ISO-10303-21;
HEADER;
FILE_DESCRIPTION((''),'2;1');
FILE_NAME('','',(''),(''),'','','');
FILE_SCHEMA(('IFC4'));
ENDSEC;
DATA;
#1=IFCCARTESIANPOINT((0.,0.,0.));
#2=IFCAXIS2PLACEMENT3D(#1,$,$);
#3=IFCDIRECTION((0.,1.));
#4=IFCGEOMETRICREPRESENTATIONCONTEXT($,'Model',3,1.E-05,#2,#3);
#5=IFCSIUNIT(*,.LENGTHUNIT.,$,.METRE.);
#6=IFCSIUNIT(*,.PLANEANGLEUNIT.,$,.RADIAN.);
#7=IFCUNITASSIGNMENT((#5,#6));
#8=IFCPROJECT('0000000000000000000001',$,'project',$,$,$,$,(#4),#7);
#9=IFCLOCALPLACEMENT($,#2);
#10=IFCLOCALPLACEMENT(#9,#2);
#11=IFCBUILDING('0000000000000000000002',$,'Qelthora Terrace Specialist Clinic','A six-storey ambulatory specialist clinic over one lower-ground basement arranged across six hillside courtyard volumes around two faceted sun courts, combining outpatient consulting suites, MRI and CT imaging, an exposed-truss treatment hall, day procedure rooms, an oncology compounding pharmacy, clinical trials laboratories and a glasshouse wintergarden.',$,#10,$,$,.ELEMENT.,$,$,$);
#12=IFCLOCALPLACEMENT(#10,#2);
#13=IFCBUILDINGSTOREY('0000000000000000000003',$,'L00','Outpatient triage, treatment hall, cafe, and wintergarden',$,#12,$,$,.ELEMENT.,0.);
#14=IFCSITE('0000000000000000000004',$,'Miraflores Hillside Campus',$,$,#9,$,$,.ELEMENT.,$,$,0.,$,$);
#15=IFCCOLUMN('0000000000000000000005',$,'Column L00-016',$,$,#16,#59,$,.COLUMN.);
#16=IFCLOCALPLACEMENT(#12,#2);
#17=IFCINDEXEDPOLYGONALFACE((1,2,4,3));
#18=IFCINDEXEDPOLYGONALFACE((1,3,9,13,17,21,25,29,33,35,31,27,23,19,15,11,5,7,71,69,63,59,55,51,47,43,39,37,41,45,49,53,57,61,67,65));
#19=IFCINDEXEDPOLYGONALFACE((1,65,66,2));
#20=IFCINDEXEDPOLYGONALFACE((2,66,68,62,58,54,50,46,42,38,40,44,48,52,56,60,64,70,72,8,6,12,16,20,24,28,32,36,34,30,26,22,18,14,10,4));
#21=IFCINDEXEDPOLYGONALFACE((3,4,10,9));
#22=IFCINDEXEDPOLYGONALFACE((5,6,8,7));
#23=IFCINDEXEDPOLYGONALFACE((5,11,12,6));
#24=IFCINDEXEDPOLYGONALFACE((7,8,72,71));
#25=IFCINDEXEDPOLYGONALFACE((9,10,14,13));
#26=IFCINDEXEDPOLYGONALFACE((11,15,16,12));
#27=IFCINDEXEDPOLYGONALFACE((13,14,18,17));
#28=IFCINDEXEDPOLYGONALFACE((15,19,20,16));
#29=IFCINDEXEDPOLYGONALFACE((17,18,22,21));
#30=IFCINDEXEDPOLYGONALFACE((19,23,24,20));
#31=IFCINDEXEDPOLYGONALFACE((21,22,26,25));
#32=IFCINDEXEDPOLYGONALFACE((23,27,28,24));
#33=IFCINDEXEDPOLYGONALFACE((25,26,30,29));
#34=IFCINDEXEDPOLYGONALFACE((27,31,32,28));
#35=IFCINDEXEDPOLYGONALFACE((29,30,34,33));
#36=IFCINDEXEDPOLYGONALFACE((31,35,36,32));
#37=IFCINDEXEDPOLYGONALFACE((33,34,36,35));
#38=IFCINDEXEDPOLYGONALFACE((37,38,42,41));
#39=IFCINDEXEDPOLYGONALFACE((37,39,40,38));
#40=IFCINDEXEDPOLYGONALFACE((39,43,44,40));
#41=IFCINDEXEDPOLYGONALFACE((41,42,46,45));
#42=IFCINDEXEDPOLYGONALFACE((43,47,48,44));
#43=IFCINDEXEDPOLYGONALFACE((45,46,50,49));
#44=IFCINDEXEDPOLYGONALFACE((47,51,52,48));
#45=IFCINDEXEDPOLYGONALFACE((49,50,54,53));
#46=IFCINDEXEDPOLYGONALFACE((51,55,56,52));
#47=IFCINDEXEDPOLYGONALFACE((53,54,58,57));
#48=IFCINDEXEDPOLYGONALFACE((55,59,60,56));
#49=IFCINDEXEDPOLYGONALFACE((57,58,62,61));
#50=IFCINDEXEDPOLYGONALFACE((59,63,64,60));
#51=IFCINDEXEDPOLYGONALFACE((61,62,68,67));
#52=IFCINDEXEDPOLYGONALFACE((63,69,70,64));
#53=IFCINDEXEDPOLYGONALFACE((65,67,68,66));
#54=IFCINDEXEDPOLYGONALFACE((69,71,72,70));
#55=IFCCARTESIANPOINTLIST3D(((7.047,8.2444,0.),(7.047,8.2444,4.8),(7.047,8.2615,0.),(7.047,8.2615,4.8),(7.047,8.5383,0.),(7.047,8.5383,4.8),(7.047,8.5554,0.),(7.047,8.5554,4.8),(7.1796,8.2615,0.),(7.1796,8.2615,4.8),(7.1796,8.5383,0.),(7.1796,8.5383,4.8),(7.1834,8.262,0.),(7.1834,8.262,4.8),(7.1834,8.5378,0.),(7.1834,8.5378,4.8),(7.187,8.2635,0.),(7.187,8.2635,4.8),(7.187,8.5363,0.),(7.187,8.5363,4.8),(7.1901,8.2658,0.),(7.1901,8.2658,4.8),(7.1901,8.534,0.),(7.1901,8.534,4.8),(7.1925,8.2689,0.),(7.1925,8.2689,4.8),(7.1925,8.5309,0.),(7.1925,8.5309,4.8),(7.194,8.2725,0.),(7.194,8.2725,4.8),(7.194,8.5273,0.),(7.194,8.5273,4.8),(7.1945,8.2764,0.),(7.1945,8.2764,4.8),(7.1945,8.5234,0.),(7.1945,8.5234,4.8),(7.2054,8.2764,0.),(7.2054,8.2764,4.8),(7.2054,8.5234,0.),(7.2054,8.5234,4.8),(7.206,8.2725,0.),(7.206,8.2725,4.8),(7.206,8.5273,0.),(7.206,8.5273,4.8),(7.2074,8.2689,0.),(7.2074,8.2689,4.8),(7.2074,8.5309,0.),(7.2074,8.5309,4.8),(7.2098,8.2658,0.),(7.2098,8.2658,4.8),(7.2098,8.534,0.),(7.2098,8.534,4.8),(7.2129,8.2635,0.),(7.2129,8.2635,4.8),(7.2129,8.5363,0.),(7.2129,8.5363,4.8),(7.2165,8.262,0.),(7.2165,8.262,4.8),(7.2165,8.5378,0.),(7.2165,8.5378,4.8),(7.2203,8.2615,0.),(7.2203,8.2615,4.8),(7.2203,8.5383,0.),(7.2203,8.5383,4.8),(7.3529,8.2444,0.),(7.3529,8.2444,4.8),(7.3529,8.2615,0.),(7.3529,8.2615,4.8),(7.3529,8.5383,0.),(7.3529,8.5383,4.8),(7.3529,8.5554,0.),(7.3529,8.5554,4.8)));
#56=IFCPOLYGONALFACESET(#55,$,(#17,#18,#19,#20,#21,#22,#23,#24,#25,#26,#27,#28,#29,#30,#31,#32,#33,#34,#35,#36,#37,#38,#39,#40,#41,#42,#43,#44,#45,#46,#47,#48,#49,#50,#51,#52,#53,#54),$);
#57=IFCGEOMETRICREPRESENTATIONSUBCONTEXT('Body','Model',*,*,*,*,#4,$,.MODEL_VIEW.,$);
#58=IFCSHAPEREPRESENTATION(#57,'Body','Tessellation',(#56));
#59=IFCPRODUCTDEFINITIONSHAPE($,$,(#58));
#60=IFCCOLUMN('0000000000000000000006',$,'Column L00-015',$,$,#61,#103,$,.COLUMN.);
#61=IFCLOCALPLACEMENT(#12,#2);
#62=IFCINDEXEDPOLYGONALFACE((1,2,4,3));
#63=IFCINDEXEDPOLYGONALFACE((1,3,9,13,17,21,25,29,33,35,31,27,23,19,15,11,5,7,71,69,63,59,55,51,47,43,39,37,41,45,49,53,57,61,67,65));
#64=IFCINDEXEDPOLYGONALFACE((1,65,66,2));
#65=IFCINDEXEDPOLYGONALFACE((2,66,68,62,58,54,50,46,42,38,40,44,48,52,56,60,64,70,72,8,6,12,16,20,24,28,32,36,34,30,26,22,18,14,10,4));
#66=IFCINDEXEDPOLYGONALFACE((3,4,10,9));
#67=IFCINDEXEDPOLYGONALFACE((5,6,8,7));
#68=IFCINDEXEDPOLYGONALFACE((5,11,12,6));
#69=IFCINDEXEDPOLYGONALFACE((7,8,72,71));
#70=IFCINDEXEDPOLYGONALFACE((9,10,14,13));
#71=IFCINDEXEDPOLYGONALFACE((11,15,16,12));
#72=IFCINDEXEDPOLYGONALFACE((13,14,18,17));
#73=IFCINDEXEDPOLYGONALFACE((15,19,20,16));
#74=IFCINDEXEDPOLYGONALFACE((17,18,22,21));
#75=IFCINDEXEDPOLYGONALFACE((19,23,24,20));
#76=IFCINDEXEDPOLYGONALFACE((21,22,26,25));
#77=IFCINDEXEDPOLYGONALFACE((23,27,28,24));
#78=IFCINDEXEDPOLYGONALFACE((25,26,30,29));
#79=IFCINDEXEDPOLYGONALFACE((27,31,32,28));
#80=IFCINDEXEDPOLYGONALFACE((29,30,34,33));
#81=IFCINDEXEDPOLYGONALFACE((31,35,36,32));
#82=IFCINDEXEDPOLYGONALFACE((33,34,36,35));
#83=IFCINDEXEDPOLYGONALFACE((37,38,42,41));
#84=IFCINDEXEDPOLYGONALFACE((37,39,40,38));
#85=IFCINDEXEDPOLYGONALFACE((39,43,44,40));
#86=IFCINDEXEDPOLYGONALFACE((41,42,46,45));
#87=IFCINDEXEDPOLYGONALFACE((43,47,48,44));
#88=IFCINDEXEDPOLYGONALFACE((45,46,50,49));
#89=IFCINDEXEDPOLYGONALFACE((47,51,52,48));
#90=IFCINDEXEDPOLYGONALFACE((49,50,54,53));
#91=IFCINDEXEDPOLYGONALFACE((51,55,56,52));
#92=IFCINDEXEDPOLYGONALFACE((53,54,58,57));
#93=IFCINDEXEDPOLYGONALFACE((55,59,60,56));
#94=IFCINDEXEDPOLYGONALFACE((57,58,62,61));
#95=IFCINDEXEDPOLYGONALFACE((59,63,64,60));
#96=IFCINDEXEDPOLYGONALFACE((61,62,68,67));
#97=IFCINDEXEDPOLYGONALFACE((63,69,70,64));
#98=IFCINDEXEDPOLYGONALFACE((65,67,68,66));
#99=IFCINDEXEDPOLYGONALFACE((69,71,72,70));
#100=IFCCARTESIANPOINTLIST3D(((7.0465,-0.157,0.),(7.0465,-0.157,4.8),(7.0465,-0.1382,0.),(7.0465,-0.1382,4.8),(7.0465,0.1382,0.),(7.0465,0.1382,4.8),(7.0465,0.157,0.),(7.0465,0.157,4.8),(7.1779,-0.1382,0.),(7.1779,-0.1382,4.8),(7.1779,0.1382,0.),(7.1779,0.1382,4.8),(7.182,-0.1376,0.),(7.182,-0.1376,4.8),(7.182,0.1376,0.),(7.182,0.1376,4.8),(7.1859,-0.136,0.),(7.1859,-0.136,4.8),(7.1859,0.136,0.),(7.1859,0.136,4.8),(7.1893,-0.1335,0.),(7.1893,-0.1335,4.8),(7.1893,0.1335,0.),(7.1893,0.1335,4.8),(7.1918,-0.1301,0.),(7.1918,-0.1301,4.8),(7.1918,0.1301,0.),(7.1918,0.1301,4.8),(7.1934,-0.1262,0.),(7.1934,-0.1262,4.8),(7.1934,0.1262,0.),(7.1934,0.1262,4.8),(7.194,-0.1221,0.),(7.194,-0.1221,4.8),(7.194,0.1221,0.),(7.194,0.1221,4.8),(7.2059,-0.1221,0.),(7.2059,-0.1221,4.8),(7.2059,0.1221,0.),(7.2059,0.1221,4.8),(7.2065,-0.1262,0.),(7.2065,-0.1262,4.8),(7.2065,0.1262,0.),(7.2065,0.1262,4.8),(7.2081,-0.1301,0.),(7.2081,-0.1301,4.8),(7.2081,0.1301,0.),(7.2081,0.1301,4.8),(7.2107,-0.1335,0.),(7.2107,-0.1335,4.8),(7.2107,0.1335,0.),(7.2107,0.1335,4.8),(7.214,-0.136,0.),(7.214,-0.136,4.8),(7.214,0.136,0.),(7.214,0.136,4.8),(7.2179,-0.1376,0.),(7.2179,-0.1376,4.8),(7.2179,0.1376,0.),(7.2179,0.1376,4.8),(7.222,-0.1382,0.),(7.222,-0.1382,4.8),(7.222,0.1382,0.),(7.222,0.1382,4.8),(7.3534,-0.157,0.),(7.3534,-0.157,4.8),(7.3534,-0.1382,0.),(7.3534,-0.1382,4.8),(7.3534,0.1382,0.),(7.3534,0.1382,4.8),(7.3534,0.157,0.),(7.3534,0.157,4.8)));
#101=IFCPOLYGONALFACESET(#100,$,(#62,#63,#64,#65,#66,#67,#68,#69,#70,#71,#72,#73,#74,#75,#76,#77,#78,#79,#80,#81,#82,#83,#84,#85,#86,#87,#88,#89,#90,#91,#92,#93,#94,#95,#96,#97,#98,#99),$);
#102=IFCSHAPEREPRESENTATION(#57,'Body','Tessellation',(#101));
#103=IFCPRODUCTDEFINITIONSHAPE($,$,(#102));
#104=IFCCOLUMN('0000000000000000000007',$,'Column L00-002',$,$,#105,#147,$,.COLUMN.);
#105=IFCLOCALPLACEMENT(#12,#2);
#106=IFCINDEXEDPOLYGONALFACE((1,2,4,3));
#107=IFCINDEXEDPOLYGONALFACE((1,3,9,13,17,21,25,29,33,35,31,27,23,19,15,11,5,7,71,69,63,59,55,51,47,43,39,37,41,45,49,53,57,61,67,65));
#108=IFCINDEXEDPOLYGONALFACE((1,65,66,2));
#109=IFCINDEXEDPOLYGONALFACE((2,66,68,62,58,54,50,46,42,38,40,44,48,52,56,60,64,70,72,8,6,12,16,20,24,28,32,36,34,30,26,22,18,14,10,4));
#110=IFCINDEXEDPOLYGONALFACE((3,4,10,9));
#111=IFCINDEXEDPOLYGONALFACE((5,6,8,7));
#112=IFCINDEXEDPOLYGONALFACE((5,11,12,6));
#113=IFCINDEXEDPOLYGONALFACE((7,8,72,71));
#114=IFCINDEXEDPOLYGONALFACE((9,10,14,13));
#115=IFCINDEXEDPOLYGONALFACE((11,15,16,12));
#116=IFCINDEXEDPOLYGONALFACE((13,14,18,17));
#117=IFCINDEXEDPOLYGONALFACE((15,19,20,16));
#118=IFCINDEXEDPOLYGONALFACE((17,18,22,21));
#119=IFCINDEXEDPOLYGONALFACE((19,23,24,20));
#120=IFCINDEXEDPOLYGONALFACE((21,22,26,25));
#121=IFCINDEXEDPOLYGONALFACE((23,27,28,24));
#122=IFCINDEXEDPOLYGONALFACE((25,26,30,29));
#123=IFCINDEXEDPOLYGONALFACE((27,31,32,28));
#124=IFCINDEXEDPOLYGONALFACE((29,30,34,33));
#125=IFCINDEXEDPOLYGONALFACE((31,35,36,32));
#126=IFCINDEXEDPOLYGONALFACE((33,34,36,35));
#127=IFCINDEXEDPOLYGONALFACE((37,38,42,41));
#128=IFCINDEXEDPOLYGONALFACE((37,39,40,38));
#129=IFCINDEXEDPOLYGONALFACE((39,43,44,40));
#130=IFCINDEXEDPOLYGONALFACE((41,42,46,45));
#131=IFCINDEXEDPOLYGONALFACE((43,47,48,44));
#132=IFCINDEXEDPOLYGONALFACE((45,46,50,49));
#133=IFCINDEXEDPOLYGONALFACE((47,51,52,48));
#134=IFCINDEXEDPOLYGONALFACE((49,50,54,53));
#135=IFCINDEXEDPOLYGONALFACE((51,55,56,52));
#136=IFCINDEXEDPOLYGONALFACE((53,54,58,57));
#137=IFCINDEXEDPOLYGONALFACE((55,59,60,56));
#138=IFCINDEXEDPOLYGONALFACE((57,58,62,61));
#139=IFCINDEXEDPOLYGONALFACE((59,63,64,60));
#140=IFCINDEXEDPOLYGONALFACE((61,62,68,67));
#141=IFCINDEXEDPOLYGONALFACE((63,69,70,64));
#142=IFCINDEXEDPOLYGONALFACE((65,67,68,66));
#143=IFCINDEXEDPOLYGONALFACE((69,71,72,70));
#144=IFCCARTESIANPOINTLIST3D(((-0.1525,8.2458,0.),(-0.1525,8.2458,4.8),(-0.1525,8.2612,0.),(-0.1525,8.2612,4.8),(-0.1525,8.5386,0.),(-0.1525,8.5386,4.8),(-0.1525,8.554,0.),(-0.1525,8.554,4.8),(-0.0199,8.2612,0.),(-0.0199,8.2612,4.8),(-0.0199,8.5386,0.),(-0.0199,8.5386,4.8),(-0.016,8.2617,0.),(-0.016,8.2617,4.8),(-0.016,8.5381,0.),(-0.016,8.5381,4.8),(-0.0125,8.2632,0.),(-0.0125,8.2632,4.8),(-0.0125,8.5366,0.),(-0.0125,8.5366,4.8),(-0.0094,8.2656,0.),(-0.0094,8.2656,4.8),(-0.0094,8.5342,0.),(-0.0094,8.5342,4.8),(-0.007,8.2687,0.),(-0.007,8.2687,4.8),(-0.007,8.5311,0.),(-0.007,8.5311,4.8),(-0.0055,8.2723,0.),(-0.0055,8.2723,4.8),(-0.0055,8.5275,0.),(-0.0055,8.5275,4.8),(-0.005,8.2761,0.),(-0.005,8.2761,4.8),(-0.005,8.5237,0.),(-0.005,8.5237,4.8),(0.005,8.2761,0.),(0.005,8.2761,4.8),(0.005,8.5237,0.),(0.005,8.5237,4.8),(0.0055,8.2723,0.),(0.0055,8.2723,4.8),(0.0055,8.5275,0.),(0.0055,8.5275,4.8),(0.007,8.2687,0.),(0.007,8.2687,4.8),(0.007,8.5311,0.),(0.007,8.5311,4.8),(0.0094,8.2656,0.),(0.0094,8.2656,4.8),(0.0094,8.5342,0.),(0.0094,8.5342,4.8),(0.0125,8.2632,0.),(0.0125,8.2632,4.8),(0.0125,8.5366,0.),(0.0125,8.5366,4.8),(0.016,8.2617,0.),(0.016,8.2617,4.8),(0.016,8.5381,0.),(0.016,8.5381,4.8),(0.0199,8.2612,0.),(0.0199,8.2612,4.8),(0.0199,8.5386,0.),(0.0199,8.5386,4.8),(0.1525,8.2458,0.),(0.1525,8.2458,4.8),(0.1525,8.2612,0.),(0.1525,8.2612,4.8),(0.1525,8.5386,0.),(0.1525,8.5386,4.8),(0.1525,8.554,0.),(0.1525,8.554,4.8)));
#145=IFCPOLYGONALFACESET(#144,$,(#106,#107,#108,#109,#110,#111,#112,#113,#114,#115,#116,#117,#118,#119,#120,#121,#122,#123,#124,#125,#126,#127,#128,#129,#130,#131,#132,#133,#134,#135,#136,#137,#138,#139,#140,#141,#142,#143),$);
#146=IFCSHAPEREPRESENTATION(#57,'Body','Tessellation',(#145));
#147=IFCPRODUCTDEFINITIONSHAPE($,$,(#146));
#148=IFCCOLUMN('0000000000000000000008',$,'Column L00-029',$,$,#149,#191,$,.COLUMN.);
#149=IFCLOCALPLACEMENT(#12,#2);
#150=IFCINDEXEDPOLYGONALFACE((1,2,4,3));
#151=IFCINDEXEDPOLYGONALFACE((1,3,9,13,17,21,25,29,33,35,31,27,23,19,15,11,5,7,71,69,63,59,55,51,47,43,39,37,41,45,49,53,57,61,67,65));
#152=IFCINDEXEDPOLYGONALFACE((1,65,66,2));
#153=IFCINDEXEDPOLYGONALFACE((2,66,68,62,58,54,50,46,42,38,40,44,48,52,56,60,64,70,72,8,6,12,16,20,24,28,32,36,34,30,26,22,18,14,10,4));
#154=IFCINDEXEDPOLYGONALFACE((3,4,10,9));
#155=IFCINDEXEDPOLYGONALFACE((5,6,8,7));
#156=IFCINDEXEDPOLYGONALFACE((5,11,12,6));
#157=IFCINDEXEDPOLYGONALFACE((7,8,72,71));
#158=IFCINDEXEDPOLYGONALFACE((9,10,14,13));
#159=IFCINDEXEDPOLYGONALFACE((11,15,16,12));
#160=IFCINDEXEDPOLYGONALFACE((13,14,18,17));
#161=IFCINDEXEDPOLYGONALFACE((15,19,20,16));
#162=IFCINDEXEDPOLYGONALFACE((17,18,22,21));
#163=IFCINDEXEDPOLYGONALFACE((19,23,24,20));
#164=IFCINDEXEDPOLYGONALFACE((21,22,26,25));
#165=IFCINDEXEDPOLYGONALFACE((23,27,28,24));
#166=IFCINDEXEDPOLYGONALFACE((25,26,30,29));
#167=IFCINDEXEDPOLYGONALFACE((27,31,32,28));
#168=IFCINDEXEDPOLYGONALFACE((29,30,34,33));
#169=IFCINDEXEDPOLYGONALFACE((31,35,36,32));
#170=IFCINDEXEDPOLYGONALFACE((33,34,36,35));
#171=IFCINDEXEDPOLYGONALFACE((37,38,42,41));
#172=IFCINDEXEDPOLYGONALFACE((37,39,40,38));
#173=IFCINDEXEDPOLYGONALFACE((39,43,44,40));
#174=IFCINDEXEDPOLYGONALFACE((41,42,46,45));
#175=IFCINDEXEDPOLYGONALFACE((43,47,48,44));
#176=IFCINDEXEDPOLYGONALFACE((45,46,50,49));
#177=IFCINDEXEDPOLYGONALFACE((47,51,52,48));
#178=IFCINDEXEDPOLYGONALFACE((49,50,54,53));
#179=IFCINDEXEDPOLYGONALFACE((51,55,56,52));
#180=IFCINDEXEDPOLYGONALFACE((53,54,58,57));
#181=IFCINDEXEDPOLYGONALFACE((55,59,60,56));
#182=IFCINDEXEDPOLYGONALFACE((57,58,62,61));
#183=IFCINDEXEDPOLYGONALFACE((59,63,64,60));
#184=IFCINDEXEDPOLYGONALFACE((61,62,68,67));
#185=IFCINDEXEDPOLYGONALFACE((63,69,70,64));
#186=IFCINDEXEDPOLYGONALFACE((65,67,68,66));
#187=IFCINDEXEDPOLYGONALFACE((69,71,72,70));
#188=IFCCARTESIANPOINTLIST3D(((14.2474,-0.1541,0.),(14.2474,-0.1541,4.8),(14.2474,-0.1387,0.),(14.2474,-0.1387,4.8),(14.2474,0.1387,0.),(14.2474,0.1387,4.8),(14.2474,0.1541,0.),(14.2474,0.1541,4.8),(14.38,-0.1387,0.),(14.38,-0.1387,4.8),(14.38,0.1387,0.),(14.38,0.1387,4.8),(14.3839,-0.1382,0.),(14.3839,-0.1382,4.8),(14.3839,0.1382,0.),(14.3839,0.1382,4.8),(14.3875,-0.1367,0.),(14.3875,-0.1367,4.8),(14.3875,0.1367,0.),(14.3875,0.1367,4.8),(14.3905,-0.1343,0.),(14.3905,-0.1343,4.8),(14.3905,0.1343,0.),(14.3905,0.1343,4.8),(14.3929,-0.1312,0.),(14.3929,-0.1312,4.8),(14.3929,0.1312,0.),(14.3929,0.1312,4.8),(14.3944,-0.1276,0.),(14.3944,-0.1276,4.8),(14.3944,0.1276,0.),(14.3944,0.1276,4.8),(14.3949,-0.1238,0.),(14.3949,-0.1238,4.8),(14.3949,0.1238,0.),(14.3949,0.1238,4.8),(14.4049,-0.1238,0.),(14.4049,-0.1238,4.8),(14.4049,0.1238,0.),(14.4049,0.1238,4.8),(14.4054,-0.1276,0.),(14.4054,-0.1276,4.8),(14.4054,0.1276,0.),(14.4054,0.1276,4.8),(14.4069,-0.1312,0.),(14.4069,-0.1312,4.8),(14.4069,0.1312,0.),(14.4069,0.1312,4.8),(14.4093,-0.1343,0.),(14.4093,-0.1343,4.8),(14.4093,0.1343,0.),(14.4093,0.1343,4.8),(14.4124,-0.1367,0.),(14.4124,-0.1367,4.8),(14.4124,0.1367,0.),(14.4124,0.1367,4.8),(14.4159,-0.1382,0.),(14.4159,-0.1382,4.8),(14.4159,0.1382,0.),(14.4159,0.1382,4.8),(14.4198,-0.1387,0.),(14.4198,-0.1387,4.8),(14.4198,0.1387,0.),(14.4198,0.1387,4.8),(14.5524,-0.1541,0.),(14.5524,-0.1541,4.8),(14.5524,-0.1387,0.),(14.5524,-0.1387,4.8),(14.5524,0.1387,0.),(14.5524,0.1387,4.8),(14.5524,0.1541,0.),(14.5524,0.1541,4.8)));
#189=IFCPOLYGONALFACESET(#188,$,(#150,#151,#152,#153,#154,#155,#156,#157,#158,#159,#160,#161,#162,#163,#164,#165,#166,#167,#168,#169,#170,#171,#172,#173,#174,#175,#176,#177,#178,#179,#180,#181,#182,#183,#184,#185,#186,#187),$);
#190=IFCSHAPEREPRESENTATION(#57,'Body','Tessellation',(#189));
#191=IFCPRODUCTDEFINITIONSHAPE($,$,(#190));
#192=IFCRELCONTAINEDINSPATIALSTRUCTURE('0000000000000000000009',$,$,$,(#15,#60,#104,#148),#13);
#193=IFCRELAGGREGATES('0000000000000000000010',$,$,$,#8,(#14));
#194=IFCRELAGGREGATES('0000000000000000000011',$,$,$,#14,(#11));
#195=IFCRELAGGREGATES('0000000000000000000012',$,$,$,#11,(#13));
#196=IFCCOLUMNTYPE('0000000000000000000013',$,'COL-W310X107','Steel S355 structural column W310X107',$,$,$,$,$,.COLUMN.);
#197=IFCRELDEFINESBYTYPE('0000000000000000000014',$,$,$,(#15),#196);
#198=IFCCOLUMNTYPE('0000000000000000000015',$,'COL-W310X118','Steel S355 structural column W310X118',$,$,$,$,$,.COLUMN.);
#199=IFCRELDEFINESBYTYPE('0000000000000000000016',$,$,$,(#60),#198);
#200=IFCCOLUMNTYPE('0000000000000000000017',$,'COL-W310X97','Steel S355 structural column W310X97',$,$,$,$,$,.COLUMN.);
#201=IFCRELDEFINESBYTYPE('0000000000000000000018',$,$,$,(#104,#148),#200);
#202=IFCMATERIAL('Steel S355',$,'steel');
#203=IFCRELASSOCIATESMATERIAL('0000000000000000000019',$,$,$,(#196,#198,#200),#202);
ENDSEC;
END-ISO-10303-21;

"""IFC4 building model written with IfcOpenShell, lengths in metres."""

from ifc_helpers import new_model, si_unit, direction, frame, origin, origin_2d, place, context, subcontext, project, spatial, i_section, extrude, material, material_profile, profile_set, type_object, element, save


model = new_model("IFC4")

# Units and contexts
model_context = context("Model", 3, precision=1e-05, world=origin(), true_north=direction((0.0, 1.0)))
body_context = subcontext(model_context, "Body", "Model", "MODEL_VIEW")
ifc_project = project(units=[si_unit("LENGTHUNIT", "METRE"), si_unit("PLANEANGLEUNIT", "RADIAN")], contexts=[model_context])

# Site, building, storey
site_placement = place(None, origin())
site = spatial("IfcSite", under=ifc_project, at=site_placement, Name="Miraflores Hillside Campus", CompositionType="ELEMENT", RefElevation=0.0)
building_placement = place(site_placement, origin())
building = spatial("IfcBuilding", under=site, at=building_placement, Name="Qelthora Terrace Specialist Clinic", Description="A six-storey ambulatory specialist clinic over one lower-ground basement arranged across six hillside courtyard volumes around two faceted sun courts, combining outpatient consulting suites, MRI and CT imaging, an exposed-truss treatment hall, day procedure rooms, an oncology compounding pharmacy, clinical trials laboratories and a glasshouse wintergarden.", CompositionType="ELEMENT")
storey_placement = place(building_placement, origin())
storey = spatial("IfcBuildingStorey", under=building, at=storey_placement, Name="L00", Description="Outpatient triage, treatment hall, cafe, and wintergarden", CompositionType="ELEMENT", Elevation=0.0)

# Columns
ifc_material_1 = material(Name="Steel S355", Category="steel")
ifc_material_profile_1 = material_profile(ifc_material_1, i_section(OverallWidth=0.3059, OverallDepth=0.311, WebThickness=0.011, FlangeThickness=0.0171, FilletRadius=0.0149, at=origin_2d()), Name="W310X107")
ifc_profile_set_1 = profile_set([ifc_material_profile_1], Name="Steel S355")
column_type_1 = type_object("IfcColumnType", Name="COL-W310X107", Description="Steel S355 structural column W310X107", PredefinedType="COLUMN", material=ifc_profile_set_1)
column_1_placement = place(storey_placement, frame((7.2, 8.3999, 0.0), z_axis=(0.0, 0.0, 1.0), x_axis=(1.0, 0.0, 0.0)))
element("IfcColumn", 1, at=column_1_placement, inside=storey, type_object=column_type_1, Name="Column L00-016", PredefinedType="COLUMN", context=body_context, shape_type="SweptSolid", body=[
    extrude(i_section(OverallWidth=0.3059, OverallDepth=0.311, WebThickness=0.011, FlangeThickness=0.0171, FilletRadius=0.0149, at=origin_2d()), origin(), (0.0, 0.0, 1.0), 4.8),
])
ifc_material_profile_2 = material_profile(ifc_material_1, i_section(OverallWidth=0.3069, OverallDepth=0.314, WebThickness=0.012, FlangeThickness=0.0188, FilletRadius=0.0161, at=origin_2d()), Name="W310X118")
ifc_profile_set_2 = profile_set([ifc_material_profile_2], Name="Steel S355")
column_type_2 = type_object("IfcColumnType", Name="COL-W310X118", Description="Steel S355 structural column W310X118", PredefinedType="COLUMN", material=ifc_profile_set_2)
column_2_placement = place(storey_placement, frame((7.2, 0.0, 0.0), z_axis=(0.0, 0.0, 1.0), x_axis=(1.0, 0.0, 0.0)))
element("IfcColumn", 2, at=column_2_placement, inside=storey, type_object=column_type_2, Name="Column L00-015", PredefinedType="COLUMN", context=body_context, shape_type="SweptSolid", body=[
    extrude(i_section(OverallWidth=0.3069, OverallDepth=0.314, WebThickness=0.012, FlangeThickness=0.0188, FilletRadius=0.0161, at=origin_2d()), origin(), (0.0, 0.0, 1.0), 4.8),
])
ifc_material_profile_3 = material_profile(ifc_material_1, i_section(OverallWidth=0.3049, OverallDepth=0.3081, WebThickness=0.01, FlangeThickness=0.0154, FilletRadius=0.0149, at=origin_2d()), Name="W310X97")
ifc_profile_set_3 = profile_set([ifc_material_profile_3], Name="Steel S355")
column_type_3 = type_object("IfcColumnType", Name="COL-W310X97", Description="Steel S355 structural column W310X97", PredefinedType="COLUMN", material=ifc_profile_set_3)
for number, where, z_axis, x_axis, name in (
    (3, (0.0, 8.3999, 0.0), (0.0, 0.0, 1.0), (1.0, 0.0, 0.0), "Column L00-002"),
    (4, (14.3999, 0.0, 0.0), (0.0, 0.0, 1.0), (1.0, 0.0, 0.0), "Column L00-029"),
):
    element("IfcColumn", number, at=place(storey_placement, frame(where, z_axis=z_axis, x_axis=x_axis)), inside=storey, type_object=column_type_3, Name=name, PredefinedType="COLUMN", context=body_context, shape_type="SweptSolid", body=[
        extrude(i_section(OverallWidth=0.3049, OverallDepth=0.3081, WebThickness=0.01, FlangeThickness=0.0154, FilletRadius=0.0149, at=origin_2d()), origin(), (0.0, 0.0, 1.0), 4.8),
    ])

save(model, "model.ifc")
